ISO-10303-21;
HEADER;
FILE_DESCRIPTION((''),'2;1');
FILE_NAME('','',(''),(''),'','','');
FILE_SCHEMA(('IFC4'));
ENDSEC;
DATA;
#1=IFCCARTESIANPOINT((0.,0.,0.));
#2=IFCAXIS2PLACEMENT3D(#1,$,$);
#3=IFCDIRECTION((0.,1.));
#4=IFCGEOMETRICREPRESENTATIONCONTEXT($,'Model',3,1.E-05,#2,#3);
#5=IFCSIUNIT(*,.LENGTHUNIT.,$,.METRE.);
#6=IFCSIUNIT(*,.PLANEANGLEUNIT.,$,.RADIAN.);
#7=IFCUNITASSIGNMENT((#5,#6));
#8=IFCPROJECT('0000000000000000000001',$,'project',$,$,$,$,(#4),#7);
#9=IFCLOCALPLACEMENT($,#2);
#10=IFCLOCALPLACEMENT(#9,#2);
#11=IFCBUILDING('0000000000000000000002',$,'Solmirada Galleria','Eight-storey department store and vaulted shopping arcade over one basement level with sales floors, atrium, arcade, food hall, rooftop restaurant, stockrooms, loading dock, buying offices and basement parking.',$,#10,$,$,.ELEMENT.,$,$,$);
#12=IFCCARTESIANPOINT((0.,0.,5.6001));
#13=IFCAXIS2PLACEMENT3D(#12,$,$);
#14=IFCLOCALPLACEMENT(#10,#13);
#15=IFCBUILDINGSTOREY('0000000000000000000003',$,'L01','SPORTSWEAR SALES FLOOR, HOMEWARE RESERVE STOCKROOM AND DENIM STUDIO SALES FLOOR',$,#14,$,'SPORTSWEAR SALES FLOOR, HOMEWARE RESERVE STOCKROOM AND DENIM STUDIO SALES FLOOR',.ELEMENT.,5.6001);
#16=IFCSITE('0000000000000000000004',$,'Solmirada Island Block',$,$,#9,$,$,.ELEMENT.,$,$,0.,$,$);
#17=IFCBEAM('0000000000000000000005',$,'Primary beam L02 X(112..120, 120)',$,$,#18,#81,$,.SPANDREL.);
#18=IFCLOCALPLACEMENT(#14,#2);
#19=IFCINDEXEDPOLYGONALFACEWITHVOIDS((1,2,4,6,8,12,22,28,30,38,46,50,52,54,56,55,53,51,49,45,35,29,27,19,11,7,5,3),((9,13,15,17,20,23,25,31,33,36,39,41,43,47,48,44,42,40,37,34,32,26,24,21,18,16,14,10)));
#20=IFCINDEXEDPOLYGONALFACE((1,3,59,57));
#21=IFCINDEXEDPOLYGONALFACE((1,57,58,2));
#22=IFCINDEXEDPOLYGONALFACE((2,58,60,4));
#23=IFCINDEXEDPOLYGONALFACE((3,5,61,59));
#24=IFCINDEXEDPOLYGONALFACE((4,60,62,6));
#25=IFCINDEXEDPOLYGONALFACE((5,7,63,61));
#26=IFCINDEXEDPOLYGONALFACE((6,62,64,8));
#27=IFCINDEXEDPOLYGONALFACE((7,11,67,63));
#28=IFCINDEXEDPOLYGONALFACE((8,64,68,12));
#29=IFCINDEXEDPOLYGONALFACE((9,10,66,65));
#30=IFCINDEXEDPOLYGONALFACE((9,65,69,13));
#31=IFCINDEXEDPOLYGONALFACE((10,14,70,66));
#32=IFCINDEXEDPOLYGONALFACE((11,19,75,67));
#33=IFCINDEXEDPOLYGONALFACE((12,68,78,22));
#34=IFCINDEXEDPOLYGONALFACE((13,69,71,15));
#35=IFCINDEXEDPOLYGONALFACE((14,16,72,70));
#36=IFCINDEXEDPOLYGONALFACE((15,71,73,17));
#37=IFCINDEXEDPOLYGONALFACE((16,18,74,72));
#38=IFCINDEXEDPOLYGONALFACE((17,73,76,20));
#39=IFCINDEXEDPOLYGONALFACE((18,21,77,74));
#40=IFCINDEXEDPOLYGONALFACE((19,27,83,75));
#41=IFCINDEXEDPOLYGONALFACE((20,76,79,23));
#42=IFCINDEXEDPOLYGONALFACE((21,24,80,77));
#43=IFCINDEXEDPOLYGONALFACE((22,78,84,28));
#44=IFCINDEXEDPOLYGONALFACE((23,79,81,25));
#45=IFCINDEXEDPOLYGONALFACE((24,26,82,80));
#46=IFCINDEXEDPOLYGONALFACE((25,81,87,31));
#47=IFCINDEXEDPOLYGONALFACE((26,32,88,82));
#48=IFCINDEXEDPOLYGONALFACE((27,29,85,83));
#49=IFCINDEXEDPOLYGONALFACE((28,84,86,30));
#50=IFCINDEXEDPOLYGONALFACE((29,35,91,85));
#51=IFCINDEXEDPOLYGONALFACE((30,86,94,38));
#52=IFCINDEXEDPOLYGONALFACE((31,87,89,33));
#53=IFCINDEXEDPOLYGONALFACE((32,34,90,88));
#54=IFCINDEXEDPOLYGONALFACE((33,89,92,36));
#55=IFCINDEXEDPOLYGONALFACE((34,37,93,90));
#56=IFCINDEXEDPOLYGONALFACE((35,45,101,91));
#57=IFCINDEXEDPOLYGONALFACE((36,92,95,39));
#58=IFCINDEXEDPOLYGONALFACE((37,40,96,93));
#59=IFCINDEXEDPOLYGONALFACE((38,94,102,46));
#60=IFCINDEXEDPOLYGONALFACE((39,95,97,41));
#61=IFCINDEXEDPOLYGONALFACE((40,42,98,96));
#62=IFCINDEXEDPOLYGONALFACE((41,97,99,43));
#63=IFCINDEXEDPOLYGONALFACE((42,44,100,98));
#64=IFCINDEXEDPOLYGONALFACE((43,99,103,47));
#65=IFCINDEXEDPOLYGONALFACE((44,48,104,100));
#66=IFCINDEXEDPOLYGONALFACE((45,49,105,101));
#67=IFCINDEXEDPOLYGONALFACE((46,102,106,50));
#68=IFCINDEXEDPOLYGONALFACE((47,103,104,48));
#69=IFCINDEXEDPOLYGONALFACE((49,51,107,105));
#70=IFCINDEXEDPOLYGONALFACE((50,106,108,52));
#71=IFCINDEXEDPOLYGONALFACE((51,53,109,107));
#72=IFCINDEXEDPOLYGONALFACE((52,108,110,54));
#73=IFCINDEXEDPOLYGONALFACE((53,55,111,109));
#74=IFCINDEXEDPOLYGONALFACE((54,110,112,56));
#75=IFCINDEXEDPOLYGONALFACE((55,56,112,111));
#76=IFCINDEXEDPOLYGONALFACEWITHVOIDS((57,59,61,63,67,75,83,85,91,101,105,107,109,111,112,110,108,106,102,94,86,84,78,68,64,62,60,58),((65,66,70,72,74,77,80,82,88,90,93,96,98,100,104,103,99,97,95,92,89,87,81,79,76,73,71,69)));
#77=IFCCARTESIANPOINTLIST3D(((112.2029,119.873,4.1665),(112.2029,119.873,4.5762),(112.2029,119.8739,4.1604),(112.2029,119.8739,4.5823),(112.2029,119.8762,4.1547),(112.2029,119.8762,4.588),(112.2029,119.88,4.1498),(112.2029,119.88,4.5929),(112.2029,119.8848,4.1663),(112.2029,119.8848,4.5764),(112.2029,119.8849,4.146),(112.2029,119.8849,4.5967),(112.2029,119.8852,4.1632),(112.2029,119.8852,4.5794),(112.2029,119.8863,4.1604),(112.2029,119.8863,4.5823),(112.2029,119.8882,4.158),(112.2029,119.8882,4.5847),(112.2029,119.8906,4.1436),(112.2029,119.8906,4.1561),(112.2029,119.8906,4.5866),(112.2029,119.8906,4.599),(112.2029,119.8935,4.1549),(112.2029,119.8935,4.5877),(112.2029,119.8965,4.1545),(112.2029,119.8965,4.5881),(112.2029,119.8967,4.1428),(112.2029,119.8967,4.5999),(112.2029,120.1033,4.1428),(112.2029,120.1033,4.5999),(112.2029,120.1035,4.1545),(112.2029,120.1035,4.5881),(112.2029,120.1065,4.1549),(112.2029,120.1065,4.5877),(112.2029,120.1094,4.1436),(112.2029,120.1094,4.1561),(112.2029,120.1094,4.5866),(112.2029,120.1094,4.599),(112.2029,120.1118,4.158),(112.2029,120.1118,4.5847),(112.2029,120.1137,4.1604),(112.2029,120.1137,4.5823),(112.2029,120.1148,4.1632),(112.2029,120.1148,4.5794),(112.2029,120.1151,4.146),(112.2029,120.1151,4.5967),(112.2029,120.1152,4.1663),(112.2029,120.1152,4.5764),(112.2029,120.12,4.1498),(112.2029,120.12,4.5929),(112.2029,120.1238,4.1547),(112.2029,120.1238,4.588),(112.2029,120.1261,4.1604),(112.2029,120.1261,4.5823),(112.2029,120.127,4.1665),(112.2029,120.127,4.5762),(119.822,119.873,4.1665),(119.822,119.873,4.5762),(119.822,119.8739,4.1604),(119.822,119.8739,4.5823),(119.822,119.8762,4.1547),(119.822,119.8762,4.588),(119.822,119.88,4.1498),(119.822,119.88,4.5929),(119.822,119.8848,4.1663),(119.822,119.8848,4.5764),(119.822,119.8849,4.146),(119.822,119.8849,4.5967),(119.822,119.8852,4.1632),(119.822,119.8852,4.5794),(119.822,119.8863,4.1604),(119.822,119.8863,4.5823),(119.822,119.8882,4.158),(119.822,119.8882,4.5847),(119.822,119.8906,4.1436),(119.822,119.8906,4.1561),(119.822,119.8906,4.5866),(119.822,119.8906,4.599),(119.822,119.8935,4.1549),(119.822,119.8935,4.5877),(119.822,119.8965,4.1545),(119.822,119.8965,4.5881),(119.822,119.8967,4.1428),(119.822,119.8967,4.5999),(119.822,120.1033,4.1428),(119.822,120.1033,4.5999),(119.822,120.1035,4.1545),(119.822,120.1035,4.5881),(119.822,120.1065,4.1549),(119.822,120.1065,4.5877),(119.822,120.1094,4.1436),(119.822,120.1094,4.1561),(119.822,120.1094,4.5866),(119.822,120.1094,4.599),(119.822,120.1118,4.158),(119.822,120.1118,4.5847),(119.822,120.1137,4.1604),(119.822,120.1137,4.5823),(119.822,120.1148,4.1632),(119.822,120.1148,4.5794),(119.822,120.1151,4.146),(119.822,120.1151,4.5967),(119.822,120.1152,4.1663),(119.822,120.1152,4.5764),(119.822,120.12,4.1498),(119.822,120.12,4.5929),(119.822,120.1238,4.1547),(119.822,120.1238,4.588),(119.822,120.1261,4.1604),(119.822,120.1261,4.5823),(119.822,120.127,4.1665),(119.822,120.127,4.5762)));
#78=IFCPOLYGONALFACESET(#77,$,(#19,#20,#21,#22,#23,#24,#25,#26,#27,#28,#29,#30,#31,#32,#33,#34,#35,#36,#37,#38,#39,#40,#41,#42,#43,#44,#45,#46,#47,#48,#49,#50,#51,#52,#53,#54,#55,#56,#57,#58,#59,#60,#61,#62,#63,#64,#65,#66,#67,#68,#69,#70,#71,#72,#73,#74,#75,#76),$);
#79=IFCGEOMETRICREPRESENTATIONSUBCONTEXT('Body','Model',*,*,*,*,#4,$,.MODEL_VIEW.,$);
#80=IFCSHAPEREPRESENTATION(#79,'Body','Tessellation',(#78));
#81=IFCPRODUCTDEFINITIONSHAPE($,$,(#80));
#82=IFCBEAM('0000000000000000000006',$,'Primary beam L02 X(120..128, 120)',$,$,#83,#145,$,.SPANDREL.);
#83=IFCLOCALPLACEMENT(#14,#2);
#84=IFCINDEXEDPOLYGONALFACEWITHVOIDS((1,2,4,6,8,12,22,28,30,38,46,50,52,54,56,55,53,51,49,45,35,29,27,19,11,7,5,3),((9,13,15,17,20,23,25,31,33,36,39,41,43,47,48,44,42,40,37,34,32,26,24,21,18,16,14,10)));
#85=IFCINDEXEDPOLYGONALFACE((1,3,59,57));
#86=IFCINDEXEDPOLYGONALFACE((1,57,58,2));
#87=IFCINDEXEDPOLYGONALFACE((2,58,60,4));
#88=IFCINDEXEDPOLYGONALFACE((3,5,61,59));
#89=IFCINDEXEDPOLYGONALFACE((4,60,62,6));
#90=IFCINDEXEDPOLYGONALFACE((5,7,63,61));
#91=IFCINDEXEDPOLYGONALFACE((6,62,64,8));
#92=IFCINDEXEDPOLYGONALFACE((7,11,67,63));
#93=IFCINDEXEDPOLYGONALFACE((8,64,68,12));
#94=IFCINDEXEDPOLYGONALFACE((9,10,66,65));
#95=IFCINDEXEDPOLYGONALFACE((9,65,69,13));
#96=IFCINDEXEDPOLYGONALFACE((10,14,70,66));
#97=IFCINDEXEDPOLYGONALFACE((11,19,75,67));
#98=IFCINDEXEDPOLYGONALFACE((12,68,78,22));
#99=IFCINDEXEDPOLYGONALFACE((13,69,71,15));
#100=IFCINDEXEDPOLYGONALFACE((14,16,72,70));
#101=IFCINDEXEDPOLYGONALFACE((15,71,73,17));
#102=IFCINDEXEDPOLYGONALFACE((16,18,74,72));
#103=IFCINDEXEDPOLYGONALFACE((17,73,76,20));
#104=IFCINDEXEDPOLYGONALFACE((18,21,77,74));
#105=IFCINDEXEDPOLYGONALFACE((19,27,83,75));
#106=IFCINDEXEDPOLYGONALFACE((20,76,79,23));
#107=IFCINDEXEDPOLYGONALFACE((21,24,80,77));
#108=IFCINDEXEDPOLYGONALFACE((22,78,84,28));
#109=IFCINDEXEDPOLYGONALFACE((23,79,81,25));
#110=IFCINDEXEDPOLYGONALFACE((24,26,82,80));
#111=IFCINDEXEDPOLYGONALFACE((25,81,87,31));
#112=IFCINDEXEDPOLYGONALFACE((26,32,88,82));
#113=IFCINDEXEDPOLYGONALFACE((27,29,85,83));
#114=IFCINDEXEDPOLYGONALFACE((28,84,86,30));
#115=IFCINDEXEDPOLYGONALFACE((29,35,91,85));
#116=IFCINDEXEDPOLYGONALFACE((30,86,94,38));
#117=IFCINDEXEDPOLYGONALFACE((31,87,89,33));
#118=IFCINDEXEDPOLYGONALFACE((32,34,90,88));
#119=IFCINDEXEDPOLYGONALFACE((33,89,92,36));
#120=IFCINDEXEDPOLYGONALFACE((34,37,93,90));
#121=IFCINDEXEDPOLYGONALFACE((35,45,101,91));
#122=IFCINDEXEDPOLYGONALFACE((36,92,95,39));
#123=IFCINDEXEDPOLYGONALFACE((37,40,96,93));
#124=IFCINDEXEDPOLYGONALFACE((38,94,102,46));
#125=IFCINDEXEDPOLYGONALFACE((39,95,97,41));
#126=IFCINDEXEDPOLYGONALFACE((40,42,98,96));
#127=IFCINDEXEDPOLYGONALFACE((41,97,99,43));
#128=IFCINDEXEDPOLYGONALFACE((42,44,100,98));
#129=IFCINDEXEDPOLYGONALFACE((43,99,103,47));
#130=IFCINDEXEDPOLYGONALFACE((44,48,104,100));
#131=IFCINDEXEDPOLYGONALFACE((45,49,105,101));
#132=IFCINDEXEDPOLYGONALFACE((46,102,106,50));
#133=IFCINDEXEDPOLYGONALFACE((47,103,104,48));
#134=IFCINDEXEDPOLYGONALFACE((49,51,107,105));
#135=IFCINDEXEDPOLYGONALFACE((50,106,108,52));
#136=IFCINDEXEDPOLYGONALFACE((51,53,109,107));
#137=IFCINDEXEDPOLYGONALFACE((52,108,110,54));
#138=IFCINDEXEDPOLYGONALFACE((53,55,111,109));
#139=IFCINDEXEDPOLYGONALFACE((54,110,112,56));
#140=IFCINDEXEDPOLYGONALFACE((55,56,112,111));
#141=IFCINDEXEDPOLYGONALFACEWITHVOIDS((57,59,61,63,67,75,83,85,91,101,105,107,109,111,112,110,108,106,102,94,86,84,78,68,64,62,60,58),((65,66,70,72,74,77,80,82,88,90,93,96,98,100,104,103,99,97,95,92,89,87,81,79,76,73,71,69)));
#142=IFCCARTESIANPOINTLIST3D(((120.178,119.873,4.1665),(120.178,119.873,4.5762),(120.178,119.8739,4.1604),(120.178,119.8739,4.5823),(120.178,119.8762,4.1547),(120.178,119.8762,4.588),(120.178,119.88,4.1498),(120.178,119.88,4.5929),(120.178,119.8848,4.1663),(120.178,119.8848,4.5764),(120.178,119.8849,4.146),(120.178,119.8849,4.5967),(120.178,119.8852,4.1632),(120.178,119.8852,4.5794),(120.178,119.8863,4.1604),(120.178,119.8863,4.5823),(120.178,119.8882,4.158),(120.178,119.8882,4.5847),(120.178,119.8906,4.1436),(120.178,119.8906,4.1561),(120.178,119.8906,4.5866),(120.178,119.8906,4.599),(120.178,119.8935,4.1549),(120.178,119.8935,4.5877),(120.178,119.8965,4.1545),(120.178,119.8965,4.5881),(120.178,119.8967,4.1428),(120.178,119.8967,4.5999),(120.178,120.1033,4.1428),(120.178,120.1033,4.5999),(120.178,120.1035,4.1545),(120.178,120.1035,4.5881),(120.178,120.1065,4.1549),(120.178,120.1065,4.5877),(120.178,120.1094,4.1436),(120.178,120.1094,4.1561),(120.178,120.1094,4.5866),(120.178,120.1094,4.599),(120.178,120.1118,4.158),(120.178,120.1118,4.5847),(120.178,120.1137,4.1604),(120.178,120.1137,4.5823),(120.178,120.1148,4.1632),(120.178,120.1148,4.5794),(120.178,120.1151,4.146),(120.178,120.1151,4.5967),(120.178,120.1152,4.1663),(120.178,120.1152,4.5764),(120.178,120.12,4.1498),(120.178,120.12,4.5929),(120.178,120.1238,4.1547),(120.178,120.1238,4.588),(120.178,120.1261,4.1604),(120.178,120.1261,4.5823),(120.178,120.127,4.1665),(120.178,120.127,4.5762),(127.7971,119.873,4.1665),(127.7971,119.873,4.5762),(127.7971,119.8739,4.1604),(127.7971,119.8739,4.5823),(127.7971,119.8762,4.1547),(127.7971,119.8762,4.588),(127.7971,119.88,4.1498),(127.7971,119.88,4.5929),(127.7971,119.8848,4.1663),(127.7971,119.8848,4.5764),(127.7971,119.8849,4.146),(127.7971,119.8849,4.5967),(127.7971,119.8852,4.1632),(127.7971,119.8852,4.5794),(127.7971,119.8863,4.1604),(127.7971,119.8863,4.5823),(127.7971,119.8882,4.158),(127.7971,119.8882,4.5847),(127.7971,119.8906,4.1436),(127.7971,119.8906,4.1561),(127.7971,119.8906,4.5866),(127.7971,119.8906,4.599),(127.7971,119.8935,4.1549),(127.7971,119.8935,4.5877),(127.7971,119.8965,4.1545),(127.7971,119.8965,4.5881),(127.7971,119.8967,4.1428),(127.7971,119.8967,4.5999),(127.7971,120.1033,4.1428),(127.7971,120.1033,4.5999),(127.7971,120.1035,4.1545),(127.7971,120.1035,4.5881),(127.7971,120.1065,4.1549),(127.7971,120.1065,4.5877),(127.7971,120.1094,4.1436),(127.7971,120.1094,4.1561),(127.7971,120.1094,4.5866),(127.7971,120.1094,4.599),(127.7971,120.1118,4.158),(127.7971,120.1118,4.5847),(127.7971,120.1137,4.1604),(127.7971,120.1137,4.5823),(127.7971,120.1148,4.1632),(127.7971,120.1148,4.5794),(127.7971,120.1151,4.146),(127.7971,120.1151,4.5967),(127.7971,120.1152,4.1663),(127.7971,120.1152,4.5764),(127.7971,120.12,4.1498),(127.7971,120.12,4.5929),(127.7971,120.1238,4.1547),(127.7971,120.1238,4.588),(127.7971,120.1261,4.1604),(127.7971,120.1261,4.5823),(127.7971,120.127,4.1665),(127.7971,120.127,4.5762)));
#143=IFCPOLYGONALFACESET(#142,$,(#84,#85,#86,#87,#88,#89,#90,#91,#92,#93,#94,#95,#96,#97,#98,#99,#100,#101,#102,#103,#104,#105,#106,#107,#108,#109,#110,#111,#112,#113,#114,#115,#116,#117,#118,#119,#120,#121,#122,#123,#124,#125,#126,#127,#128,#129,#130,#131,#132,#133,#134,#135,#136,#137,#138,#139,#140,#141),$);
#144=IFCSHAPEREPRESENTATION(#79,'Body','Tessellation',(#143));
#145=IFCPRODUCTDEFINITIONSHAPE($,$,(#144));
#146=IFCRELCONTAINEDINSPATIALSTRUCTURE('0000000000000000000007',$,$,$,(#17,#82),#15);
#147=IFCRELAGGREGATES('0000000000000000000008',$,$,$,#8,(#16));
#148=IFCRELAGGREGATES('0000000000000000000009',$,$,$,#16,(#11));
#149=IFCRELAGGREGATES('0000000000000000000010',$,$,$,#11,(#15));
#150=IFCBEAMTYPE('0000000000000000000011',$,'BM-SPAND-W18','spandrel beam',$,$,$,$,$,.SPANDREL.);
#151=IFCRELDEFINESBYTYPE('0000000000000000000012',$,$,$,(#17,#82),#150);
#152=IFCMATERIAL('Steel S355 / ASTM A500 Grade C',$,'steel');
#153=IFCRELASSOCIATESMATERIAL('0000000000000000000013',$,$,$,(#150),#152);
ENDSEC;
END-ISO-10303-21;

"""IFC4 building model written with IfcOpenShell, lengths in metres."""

from ifc_helpers import new_model, si_unit, direction, frame, origin, origin_2d, place, context, subcontext, project, spatial, hollow_rectangle, extrude, material, material_profile, profile_set, type_object, element, save


model = new_model("IFC4")

# Units and contexts
model_context = context("Model", 3, precision=1e-05, world=origin(), true_north=direction((0.0, 1.0)))
body_context = subcontext(model_context, "Body", "Model", "MODEL_VIEW")
ifc_project = project(units=[si_unit("LENGTHUNIT", "METRE"), si_unit("PLANEANGLEUNIT", "RADIAN")], contexts=[model_context])

# Site, building, storey
site_placement = place(None, origin())
site = spatial("IfcSite", under=ifc_project, at=site_placement, Name="Solmirada Island Block", CompositionType="ELEMENT", RefElevation=0.0)
building_placement = place(site_placement, origin())
building = spatial("IfcBuilding", under=site, at=building_placement, Name="Solmirada Galleria", Description="Eight-storey department store and vaulted shopping arcade over one basement level with sales floors, atrium, arcade, food hall, rooftop restaurant, stockrooms, loading dock, buying offices and basement parking.", CompositionType="ELEMENT")
storey_placement = place(building_placement, frame((0.0, 0.0, 5.6001)))
storey = spatial("IfcBuildingStorey", under=building, at=storey_placement, Name="L01", Description="SPORTSWEAR SALES FLOOR, HOMEWARE RESERVE STOCKROOM AND DENIM STUDIO SALES FLOOR", LongName="SPORTSWEAR SALES FLOOR, HOMEWARE RESERVE STOCKROOM AND DENIM STUDIO SALES FLOOR", CompositionType="ELEMENT", Elevation=5.6001)

# Shared definitions
ifc_material_1 = material(Name="Steel S355 / ASTM A500 Grade C", Category="steel")

# Beams
ifc_material_profile_1 = material_profile(ifc_material_1, hollow_rectangle(XDim=0.2539, YDim=0.457, WallThickness=0.0117, InnerFilletRadius=0.0117, OuterFilletRadius=0.0237, at=origin_2d()), Name="HSS18X10X1/2")
ifc_profile_set_1 = profile_set([ifc_material_profile_1], Name="Steel S355 / ASTM A500 Grade C")
beam_type = type_object("IfcBeamType", Name="BM-SPAND-W18", Description="spandrel beam", PredefinedType="SPANDREL", material=ifc_profile_set_1)
for number, where, z_axis, x_axis, name in (
    (1, (112.2029, 120.0, 4.3713), (1.0, 0.0, 0.0), (0.0, 1.0, 0.0), "Primary beam L02 X(112..120, 120)"),
    (2, (120.178, 120.0, 4.3713), (1.0, 0.0, 0.0), (0.0, 1.0, 0.0), "Primary beam L02 X(120..128, 120)"),
):
    element("IfcBeam", number, at=place(storey_placement, frame(where, z_axis=z_axis, x_axis=x_axis)), inside=storey, type_object=beam_type, Name=name, PredefinedType="SPANDREL", context=body_context, shape_type="SweptSolid", body=[
        extrude(hollow_rectangle(XDim=0.2539, YDim=0.457, WallThickness=0.0117, InnerFilletRadius=0.0117, OuterFilletRadius=0.0237, at=origin_2d()), origin(), (0.0, 0.0, 1.0), 7.6191),
    ])

save(model, "model.ifc")
